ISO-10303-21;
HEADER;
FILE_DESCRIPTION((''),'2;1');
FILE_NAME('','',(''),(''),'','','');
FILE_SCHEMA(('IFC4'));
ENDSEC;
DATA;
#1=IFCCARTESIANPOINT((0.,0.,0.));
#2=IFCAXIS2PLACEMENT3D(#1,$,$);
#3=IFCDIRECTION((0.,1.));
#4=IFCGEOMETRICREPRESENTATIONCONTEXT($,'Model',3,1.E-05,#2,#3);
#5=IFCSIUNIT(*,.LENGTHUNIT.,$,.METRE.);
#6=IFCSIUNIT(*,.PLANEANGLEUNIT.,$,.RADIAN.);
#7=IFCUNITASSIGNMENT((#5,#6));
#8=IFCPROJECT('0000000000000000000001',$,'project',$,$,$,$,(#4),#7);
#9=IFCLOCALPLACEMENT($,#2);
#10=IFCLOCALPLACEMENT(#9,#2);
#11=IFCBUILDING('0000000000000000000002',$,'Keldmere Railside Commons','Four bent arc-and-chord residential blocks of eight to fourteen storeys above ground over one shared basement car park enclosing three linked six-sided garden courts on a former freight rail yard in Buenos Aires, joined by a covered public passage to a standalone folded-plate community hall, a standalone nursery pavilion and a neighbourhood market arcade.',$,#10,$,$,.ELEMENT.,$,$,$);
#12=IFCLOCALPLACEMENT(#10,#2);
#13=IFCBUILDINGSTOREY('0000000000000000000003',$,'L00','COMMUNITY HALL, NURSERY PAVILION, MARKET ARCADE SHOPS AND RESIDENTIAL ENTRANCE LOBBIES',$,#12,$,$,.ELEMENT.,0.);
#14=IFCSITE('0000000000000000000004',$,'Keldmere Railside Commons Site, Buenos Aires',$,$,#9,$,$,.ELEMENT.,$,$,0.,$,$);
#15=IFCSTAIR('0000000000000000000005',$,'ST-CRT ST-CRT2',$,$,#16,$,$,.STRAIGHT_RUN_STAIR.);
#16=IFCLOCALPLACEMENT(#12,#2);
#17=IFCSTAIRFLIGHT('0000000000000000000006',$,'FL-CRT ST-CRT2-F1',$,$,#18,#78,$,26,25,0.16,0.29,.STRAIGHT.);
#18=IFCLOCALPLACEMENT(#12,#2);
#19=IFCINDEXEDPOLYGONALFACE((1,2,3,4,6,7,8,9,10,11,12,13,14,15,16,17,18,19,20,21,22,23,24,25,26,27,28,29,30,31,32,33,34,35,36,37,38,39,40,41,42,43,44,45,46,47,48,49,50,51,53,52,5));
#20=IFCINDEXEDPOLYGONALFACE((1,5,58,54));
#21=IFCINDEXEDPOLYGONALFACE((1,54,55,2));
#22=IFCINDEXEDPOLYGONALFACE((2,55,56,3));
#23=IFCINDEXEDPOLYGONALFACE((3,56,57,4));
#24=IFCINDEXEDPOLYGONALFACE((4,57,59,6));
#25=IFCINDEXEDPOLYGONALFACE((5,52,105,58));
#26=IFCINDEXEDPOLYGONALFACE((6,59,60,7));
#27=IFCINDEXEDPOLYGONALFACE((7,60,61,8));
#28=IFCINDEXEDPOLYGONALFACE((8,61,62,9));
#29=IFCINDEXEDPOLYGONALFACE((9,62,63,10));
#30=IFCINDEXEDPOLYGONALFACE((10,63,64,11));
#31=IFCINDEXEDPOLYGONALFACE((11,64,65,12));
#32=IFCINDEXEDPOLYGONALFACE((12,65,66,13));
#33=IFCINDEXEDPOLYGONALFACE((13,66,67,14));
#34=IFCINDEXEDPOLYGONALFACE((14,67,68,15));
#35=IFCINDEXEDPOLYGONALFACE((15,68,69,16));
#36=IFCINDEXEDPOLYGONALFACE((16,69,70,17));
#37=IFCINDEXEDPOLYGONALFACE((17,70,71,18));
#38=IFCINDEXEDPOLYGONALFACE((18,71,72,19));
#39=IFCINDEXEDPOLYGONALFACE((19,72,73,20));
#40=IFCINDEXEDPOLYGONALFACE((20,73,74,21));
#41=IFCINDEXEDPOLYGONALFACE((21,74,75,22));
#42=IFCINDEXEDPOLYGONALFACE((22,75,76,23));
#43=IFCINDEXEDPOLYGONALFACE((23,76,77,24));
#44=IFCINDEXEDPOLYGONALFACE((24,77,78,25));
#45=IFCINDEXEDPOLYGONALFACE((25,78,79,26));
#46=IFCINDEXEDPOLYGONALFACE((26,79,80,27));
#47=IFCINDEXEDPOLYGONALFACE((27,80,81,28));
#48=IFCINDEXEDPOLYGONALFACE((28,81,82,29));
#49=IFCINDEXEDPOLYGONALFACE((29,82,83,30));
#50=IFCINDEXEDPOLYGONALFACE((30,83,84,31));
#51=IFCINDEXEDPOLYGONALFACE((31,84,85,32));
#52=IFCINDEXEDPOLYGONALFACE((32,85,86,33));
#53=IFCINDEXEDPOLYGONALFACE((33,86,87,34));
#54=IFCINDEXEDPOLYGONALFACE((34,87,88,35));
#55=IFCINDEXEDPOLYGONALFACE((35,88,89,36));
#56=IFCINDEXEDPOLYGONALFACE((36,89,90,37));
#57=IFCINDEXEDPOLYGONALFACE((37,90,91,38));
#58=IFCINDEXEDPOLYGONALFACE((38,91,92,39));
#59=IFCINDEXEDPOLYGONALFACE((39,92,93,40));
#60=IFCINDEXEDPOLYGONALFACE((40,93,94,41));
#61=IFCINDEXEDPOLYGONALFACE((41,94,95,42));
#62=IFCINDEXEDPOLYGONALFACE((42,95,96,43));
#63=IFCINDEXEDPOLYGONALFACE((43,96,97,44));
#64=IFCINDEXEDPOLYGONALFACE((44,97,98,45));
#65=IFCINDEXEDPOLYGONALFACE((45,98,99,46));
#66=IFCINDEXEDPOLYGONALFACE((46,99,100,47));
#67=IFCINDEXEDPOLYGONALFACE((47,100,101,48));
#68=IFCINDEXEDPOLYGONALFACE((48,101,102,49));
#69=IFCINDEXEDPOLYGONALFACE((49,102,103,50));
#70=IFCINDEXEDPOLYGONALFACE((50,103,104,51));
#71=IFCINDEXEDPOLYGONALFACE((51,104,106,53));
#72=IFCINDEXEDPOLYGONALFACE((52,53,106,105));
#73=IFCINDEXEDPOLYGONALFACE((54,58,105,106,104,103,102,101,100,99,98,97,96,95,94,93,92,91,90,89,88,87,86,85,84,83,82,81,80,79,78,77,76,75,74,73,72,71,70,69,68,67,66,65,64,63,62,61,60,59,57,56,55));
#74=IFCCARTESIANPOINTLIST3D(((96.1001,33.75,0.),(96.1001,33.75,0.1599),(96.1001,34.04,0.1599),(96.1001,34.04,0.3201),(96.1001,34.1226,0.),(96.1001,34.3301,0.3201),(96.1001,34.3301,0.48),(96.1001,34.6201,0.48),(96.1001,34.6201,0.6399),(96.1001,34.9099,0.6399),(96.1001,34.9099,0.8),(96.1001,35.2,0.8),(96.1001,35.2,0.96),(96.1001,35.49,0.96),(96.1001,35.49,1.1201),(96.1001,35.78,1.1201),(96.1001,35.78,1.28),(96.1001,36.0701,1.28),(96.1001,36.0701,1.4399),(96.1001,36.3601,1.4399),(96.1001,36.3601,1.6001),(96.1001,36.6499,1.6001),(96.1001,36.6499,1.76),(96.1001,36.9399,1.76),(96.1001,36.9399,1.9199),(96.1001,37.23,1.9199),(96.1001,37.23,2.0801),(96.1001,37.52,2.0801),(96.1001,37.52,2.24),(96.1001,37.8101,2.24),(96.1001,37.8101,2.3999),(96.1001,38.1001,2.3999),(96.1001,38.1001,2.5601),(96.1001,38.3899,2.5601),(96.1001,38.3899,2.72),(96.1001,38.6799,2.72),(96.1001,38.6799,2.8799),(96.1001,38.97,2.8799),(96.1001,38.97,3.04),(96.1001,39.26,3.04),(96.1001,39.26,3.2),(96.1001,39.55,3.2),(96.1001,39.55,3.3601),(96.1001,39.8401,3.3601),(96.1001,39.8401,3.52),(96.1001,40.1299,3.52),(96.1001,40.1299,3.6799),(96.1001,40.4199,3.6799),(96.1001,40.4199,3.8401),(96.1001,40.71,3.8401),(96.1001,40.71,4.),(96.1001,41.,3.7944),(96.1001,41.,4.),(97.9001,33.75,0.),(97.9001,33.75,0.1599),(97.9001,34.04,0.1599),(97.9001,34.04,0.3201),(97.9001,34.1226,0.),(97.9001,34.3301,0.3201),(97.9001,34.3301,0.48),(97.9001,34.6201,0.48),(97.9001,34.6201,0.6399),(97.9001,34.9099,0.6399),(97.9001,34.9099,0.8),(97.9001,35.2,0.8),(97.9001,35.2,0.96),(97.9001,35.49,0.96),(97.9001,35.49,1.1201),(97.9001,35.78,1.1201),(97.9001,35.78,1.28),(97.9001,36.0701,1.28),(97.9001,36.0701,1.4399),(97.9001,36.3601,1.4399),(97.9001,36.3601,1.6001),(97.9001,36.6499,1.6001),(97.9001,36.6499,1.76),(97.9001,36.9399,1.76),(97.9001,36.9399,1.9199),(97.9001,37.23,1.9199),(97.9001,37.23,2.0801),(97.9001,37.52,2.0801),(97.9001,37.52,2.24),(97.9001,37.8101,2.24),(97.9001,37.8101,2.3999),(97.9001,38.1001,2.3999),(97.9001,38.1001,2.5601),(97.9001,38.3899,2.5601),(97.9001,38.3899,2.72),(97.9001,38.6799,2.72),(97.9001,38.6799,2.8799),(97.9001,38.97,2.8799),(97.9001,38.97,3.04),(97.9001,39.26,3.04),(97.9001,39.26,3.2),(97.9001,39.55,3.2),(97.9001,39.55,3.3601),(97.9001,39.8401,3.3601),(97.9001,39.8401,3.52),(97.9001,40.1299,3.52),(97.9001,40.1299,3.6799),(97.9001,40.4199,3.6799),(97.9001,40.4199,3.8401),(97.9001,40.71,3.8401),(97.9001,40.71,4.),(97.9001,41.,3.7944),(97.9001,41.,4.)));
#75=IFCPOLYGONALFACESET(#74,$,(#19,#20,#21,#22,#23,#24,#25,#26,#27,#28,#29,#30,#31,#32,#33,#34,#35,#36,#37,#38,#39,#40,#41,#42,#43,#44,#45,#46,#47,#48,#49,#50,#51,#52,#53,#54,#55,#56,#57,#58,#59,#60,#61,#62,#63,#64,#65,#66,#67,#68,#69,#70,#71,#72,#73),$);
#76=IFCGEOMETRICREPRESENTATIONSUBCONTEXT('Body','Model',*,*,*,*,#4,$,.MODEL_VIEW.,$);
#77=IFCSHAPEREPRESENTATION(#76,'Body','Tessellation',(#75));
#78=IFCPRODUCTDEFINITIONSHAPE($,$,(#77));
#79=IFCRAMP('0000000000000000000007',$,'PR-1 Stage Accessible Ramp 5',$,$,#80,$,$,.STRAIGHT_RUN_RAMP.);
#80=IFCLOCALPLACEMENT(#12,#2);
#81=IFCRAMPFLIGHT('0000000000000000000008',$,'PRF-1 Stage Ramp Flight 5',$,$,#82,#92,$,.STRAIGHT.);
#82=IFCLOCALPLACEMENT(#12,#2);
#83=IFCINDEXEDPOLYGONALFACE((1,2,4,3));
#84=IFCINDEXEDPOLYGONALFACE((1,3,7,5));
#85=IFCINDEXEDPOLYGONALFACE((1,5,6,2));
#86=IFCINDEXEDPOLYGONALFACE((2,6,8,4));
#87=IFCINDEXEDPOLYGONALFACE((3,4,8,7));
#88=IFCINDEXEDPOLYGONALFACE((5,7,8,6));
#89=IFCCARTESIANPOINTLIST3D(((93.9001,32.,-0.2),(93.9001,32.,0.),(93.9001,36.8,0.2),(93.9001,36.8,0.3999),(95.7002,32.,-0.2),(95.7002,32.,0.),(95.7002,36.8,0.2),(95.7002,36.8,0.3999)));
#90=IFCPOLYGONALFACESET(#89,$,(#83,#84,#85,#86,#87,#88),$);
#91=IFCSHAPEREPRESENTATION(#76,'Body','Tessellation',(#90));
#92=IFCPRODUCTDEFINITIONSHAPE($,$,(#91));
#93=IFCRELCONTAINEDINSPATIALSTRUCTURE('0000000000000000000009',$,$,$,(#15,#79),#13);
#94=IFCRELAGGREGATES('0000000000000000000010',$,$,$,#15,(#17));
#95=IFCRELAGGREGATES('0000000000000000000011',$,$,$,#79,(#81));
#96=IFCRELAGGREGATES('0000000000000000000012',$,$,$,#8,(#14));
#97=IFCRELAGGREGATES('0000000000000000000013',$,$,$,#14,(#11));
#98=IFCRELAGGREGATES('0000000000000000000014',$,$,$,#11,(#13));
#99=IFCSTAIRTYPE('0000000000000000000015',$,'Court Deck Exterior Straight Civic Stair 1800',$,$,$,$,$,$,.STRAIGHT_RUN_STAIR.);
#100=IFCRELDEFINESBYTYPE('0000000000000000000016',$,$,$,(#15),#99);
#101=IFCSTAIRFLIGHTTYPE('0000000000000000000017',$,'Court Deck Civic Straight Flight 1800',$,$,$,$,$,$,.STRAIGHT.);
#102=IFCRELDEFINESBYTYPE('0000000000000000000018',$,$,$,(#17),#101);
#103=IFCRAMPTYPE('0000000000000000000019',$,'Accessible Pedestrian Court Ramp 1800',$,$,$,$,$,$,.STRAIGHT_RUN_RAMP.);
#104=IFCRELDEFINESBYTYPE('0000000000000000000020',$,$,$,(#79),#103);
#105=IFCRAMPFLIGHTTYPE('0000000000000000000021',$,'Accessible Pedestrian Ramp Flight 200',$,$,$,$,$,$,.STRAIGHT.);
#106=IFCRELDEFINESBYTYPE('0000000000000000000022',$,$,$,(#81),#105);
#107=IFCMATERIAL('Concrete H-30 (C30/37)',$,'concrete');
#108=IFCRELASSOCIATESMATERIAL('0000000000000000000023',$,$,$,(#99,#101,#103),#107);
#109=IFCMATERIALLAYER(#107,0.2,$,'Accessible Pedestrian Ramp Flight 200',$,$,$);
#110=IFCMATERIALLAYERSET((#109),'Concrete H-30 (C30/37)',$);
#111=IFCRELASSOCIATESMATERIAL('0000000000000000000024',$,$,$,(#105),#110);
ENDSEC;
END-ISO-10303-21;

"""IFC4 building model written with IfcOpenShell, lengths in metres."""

from ifc_helpers import new_model, si_unit, direction, frame, origin, place, context, subcontext, project, spatial, polyline, outline, extrude, material, layer, layer_set, type_object, element, aggregate, save


model = new_model("IFC4")

# Units and contexts
model_context = context("Model", 3, precision=1e-05, world=origin(), true_north=direction((0.0, 1.0)))
body_context = subcontext(model_context, "Body", "Model", "MODEL_VIEW")
ifc_project = project(units=[si_unit("LENGTHUNIT", "METRE"), si_unit("PLANEANGLEUNIT", "RADIAN")], contexts=[model_context])

# Site, building, storey
site_placement = place(None, origin())
site = spatial("IfcSite", under=ifc_project, at=site_placement, Name="Keldmere Railside Commons Site, Buenos Aires", CompositionType="ELEMENT", RefElevation=0.0)
building_placement = place(site_placement, origin())
building = spatial("IfcBuilding", under=site, at=building_placement, Name="Keldmere Railside Commons", Description="Four bent arc-and-chord residential blocks of eight to fourteen storeys above ground over one shared basement car park enclosing three linked six-sided garden courts on a former freight rail yard in Buenos Aires, joined by a covered public passage to a standalone folded-plate community hall, a standalone nursery pavilion and a neighbourhood market arcade.", CompositionType="ELEMENT")
storey_placement = place(building_placement, origin())
storey = spatial("IfcBuildingStorey", under=building, at=storey_placement, Name="L00", Description="COMMUNITY HALL, NURSERY PAVILION, MARKET ARCADE SHOPS AND RESIDENTIAL ENTRANCE LOBBIES", CompositionType="ELEMENT", Elevation=0.0)

# Stair, stair flight
ifc_material_1 = material(Name="Concrete H-30 (C30/37)", Category="concrete")
stair_type = type_object("IfcStairType", Name="Court Deck Exterior Straight Civic Stair 1800", PredefinedType="STRAIGHT_RUN_STAIR", material=ifc_material_1)
stair_placement = place(storey_placement, origin())
stair = element("IfcStair", 1, at=stair_placement, inside=storey, type_object=stair_type, Name="ST-CRT ST-CRT2", PredefinedType="STRAIGHT_RUN_STAIR")
stair_flight_type = type_object("IfcStairFlightType", Name="Court Deck Civic Straight Flight 1800", PredefinedType="STRAIGHT", material=ifc_material_1)
stair_flight_placement = place(storey_placement, frame((97.0, 33.75, 0.0), z_axis=(0.0, 0.0, 1.0), x_axis=(0.0, 1.0, 0.0)))
stair_flight = element("IfcStairFlight", 2, at=stair_flight_placement, type_object=stair_flight_type, Name="FL-CRT ST-CRT2-F1", NumberOfRisers=26, NumberOfTreads=25, PredefinedType="STRAIGHT", RiserHeight=0.16, TreadLength=0.29, context=body_context, shape_type="SweptSolid", body=[
    extrude(outline(polyline([(0.0, 0.0), (0.0, 0.1599), (0.29, 0.1599), (0.29, 0.3201), (0.5801, 0.3201), (0.5801, 0.48), (0.8701, 0.48), (0.8701, 0.6399), (1.1599, 0.6399), (1.1599, 0.8), (1.45, 0.8), (1.45, 0.96), (1.74, 0.96), (1.74, 1.1201), (2.03, 1.1201), (2.03, 1.28), (2.3201, 1.28), (2.3201, 1.4399), (2.6101, 1.4399), (2.6101, 1.6001), (2.8999, 1.6001), (2.8999, 1.76), (3.1899, 1.76), (3.1899, 1.9199), (3.48, 1.9199), (3.48, 2.0801), (3.77, 2.0801), (3.77, 2.24), (4.0601, 2.24), (4.0601, 2.3999), (4.3501, 2.3999), (4.3501, 2.5601), (4.6399, 2.5601), (4.6399, 2.72), (4.9299, 2.72), (4.9299, 2.8799), (5.22, 2.8799), (5.22, 3.04), (5.51, 3.04), (5.51, 3.2), (5.8, 3.2), (5.8, 3.3601), (6.0901, 3.3601), (6.0901, 3.52), (6.3799, 3.52), (6.3799, 3.6799), (6.6699, 3.6799), (6.6699, 3.8401), (6.96, 3.8401), (6.96, 4.0), (7.25, 4.0), (7.25, 4.1599), (7.25, 3.7944), (0.3726, 0.0), (0.0, 0.0)])), frame((0.0, 0.8999, 0.0), z_axis=(0.0, -1.0, 0.0), x_axis=(1.0, 0.0, 0.0)), (0.0, 0.0, 1.0), 1.8),
])
aggregate(stair, [stair_flight])

# Ramp, ramp flight
ramp_type = type_object("IfcRampType", Name="Accessible Pedestrian Court Ramp 1800", PredefinedType="STRAIGHT_RUN_RAMP", material=ifc_material_1)
ramp_placement = place(storey_placement, origin())
ramp = element("IfcRamp", 3, at=ramp_placement, inside=storey, type_object=ramp_type, Name="PR-1 Stage Accessible Ramp 5", PredefinedType="STRAIGHT_RUN_RAMP")
ifc_layer_1 = layer(ifc_material_1, 0.2, Name="Accessible Pedestrian Ramp Flight 200")
ifc_layer_set_1 = layer_set([ifc_layer_1], Name="Concrete H-30 (C30/37)")
ramp_flight_type = type_object("IfcRampFlightType", Name="Accessible Pedestrian Ramp Flight 200", PredefinedType="STRAIGHT", material=ifc_layer_set_1)
ramp_flight_placement = place(storey_placement, frame((94.8, 32.0, 0.0), z_axis=(0.0, 0.0, 1.0), x_axis=(0.0, 1.0, 0.0)))
ramp_flight = element("IfcRampFlight", 4, at=ramp_flight_placement, type_object=ramp_flight_type, Name="PRF-1 Stage Ramp Flight 5", PredefinedType="STRAIGHT", context=body_context, shape_type="SweptSolid", body=[
    extrude(outline(polyline([(0.0, 0.0), (0.0, -0.2), (4.8, 0.2), (4.8, 0.3999), (0.0, 0.0)])), frame((0.0, 0.8999, 0.0), z_axis=(0.0, -1.0, 0.0), x_axis=(1.0, 0.0, 0.0)), (0.0, 0.0, 1.0), 1.8),
])
aggregate(ramp, [ramp_flight])

save(model, "model.ifc")
